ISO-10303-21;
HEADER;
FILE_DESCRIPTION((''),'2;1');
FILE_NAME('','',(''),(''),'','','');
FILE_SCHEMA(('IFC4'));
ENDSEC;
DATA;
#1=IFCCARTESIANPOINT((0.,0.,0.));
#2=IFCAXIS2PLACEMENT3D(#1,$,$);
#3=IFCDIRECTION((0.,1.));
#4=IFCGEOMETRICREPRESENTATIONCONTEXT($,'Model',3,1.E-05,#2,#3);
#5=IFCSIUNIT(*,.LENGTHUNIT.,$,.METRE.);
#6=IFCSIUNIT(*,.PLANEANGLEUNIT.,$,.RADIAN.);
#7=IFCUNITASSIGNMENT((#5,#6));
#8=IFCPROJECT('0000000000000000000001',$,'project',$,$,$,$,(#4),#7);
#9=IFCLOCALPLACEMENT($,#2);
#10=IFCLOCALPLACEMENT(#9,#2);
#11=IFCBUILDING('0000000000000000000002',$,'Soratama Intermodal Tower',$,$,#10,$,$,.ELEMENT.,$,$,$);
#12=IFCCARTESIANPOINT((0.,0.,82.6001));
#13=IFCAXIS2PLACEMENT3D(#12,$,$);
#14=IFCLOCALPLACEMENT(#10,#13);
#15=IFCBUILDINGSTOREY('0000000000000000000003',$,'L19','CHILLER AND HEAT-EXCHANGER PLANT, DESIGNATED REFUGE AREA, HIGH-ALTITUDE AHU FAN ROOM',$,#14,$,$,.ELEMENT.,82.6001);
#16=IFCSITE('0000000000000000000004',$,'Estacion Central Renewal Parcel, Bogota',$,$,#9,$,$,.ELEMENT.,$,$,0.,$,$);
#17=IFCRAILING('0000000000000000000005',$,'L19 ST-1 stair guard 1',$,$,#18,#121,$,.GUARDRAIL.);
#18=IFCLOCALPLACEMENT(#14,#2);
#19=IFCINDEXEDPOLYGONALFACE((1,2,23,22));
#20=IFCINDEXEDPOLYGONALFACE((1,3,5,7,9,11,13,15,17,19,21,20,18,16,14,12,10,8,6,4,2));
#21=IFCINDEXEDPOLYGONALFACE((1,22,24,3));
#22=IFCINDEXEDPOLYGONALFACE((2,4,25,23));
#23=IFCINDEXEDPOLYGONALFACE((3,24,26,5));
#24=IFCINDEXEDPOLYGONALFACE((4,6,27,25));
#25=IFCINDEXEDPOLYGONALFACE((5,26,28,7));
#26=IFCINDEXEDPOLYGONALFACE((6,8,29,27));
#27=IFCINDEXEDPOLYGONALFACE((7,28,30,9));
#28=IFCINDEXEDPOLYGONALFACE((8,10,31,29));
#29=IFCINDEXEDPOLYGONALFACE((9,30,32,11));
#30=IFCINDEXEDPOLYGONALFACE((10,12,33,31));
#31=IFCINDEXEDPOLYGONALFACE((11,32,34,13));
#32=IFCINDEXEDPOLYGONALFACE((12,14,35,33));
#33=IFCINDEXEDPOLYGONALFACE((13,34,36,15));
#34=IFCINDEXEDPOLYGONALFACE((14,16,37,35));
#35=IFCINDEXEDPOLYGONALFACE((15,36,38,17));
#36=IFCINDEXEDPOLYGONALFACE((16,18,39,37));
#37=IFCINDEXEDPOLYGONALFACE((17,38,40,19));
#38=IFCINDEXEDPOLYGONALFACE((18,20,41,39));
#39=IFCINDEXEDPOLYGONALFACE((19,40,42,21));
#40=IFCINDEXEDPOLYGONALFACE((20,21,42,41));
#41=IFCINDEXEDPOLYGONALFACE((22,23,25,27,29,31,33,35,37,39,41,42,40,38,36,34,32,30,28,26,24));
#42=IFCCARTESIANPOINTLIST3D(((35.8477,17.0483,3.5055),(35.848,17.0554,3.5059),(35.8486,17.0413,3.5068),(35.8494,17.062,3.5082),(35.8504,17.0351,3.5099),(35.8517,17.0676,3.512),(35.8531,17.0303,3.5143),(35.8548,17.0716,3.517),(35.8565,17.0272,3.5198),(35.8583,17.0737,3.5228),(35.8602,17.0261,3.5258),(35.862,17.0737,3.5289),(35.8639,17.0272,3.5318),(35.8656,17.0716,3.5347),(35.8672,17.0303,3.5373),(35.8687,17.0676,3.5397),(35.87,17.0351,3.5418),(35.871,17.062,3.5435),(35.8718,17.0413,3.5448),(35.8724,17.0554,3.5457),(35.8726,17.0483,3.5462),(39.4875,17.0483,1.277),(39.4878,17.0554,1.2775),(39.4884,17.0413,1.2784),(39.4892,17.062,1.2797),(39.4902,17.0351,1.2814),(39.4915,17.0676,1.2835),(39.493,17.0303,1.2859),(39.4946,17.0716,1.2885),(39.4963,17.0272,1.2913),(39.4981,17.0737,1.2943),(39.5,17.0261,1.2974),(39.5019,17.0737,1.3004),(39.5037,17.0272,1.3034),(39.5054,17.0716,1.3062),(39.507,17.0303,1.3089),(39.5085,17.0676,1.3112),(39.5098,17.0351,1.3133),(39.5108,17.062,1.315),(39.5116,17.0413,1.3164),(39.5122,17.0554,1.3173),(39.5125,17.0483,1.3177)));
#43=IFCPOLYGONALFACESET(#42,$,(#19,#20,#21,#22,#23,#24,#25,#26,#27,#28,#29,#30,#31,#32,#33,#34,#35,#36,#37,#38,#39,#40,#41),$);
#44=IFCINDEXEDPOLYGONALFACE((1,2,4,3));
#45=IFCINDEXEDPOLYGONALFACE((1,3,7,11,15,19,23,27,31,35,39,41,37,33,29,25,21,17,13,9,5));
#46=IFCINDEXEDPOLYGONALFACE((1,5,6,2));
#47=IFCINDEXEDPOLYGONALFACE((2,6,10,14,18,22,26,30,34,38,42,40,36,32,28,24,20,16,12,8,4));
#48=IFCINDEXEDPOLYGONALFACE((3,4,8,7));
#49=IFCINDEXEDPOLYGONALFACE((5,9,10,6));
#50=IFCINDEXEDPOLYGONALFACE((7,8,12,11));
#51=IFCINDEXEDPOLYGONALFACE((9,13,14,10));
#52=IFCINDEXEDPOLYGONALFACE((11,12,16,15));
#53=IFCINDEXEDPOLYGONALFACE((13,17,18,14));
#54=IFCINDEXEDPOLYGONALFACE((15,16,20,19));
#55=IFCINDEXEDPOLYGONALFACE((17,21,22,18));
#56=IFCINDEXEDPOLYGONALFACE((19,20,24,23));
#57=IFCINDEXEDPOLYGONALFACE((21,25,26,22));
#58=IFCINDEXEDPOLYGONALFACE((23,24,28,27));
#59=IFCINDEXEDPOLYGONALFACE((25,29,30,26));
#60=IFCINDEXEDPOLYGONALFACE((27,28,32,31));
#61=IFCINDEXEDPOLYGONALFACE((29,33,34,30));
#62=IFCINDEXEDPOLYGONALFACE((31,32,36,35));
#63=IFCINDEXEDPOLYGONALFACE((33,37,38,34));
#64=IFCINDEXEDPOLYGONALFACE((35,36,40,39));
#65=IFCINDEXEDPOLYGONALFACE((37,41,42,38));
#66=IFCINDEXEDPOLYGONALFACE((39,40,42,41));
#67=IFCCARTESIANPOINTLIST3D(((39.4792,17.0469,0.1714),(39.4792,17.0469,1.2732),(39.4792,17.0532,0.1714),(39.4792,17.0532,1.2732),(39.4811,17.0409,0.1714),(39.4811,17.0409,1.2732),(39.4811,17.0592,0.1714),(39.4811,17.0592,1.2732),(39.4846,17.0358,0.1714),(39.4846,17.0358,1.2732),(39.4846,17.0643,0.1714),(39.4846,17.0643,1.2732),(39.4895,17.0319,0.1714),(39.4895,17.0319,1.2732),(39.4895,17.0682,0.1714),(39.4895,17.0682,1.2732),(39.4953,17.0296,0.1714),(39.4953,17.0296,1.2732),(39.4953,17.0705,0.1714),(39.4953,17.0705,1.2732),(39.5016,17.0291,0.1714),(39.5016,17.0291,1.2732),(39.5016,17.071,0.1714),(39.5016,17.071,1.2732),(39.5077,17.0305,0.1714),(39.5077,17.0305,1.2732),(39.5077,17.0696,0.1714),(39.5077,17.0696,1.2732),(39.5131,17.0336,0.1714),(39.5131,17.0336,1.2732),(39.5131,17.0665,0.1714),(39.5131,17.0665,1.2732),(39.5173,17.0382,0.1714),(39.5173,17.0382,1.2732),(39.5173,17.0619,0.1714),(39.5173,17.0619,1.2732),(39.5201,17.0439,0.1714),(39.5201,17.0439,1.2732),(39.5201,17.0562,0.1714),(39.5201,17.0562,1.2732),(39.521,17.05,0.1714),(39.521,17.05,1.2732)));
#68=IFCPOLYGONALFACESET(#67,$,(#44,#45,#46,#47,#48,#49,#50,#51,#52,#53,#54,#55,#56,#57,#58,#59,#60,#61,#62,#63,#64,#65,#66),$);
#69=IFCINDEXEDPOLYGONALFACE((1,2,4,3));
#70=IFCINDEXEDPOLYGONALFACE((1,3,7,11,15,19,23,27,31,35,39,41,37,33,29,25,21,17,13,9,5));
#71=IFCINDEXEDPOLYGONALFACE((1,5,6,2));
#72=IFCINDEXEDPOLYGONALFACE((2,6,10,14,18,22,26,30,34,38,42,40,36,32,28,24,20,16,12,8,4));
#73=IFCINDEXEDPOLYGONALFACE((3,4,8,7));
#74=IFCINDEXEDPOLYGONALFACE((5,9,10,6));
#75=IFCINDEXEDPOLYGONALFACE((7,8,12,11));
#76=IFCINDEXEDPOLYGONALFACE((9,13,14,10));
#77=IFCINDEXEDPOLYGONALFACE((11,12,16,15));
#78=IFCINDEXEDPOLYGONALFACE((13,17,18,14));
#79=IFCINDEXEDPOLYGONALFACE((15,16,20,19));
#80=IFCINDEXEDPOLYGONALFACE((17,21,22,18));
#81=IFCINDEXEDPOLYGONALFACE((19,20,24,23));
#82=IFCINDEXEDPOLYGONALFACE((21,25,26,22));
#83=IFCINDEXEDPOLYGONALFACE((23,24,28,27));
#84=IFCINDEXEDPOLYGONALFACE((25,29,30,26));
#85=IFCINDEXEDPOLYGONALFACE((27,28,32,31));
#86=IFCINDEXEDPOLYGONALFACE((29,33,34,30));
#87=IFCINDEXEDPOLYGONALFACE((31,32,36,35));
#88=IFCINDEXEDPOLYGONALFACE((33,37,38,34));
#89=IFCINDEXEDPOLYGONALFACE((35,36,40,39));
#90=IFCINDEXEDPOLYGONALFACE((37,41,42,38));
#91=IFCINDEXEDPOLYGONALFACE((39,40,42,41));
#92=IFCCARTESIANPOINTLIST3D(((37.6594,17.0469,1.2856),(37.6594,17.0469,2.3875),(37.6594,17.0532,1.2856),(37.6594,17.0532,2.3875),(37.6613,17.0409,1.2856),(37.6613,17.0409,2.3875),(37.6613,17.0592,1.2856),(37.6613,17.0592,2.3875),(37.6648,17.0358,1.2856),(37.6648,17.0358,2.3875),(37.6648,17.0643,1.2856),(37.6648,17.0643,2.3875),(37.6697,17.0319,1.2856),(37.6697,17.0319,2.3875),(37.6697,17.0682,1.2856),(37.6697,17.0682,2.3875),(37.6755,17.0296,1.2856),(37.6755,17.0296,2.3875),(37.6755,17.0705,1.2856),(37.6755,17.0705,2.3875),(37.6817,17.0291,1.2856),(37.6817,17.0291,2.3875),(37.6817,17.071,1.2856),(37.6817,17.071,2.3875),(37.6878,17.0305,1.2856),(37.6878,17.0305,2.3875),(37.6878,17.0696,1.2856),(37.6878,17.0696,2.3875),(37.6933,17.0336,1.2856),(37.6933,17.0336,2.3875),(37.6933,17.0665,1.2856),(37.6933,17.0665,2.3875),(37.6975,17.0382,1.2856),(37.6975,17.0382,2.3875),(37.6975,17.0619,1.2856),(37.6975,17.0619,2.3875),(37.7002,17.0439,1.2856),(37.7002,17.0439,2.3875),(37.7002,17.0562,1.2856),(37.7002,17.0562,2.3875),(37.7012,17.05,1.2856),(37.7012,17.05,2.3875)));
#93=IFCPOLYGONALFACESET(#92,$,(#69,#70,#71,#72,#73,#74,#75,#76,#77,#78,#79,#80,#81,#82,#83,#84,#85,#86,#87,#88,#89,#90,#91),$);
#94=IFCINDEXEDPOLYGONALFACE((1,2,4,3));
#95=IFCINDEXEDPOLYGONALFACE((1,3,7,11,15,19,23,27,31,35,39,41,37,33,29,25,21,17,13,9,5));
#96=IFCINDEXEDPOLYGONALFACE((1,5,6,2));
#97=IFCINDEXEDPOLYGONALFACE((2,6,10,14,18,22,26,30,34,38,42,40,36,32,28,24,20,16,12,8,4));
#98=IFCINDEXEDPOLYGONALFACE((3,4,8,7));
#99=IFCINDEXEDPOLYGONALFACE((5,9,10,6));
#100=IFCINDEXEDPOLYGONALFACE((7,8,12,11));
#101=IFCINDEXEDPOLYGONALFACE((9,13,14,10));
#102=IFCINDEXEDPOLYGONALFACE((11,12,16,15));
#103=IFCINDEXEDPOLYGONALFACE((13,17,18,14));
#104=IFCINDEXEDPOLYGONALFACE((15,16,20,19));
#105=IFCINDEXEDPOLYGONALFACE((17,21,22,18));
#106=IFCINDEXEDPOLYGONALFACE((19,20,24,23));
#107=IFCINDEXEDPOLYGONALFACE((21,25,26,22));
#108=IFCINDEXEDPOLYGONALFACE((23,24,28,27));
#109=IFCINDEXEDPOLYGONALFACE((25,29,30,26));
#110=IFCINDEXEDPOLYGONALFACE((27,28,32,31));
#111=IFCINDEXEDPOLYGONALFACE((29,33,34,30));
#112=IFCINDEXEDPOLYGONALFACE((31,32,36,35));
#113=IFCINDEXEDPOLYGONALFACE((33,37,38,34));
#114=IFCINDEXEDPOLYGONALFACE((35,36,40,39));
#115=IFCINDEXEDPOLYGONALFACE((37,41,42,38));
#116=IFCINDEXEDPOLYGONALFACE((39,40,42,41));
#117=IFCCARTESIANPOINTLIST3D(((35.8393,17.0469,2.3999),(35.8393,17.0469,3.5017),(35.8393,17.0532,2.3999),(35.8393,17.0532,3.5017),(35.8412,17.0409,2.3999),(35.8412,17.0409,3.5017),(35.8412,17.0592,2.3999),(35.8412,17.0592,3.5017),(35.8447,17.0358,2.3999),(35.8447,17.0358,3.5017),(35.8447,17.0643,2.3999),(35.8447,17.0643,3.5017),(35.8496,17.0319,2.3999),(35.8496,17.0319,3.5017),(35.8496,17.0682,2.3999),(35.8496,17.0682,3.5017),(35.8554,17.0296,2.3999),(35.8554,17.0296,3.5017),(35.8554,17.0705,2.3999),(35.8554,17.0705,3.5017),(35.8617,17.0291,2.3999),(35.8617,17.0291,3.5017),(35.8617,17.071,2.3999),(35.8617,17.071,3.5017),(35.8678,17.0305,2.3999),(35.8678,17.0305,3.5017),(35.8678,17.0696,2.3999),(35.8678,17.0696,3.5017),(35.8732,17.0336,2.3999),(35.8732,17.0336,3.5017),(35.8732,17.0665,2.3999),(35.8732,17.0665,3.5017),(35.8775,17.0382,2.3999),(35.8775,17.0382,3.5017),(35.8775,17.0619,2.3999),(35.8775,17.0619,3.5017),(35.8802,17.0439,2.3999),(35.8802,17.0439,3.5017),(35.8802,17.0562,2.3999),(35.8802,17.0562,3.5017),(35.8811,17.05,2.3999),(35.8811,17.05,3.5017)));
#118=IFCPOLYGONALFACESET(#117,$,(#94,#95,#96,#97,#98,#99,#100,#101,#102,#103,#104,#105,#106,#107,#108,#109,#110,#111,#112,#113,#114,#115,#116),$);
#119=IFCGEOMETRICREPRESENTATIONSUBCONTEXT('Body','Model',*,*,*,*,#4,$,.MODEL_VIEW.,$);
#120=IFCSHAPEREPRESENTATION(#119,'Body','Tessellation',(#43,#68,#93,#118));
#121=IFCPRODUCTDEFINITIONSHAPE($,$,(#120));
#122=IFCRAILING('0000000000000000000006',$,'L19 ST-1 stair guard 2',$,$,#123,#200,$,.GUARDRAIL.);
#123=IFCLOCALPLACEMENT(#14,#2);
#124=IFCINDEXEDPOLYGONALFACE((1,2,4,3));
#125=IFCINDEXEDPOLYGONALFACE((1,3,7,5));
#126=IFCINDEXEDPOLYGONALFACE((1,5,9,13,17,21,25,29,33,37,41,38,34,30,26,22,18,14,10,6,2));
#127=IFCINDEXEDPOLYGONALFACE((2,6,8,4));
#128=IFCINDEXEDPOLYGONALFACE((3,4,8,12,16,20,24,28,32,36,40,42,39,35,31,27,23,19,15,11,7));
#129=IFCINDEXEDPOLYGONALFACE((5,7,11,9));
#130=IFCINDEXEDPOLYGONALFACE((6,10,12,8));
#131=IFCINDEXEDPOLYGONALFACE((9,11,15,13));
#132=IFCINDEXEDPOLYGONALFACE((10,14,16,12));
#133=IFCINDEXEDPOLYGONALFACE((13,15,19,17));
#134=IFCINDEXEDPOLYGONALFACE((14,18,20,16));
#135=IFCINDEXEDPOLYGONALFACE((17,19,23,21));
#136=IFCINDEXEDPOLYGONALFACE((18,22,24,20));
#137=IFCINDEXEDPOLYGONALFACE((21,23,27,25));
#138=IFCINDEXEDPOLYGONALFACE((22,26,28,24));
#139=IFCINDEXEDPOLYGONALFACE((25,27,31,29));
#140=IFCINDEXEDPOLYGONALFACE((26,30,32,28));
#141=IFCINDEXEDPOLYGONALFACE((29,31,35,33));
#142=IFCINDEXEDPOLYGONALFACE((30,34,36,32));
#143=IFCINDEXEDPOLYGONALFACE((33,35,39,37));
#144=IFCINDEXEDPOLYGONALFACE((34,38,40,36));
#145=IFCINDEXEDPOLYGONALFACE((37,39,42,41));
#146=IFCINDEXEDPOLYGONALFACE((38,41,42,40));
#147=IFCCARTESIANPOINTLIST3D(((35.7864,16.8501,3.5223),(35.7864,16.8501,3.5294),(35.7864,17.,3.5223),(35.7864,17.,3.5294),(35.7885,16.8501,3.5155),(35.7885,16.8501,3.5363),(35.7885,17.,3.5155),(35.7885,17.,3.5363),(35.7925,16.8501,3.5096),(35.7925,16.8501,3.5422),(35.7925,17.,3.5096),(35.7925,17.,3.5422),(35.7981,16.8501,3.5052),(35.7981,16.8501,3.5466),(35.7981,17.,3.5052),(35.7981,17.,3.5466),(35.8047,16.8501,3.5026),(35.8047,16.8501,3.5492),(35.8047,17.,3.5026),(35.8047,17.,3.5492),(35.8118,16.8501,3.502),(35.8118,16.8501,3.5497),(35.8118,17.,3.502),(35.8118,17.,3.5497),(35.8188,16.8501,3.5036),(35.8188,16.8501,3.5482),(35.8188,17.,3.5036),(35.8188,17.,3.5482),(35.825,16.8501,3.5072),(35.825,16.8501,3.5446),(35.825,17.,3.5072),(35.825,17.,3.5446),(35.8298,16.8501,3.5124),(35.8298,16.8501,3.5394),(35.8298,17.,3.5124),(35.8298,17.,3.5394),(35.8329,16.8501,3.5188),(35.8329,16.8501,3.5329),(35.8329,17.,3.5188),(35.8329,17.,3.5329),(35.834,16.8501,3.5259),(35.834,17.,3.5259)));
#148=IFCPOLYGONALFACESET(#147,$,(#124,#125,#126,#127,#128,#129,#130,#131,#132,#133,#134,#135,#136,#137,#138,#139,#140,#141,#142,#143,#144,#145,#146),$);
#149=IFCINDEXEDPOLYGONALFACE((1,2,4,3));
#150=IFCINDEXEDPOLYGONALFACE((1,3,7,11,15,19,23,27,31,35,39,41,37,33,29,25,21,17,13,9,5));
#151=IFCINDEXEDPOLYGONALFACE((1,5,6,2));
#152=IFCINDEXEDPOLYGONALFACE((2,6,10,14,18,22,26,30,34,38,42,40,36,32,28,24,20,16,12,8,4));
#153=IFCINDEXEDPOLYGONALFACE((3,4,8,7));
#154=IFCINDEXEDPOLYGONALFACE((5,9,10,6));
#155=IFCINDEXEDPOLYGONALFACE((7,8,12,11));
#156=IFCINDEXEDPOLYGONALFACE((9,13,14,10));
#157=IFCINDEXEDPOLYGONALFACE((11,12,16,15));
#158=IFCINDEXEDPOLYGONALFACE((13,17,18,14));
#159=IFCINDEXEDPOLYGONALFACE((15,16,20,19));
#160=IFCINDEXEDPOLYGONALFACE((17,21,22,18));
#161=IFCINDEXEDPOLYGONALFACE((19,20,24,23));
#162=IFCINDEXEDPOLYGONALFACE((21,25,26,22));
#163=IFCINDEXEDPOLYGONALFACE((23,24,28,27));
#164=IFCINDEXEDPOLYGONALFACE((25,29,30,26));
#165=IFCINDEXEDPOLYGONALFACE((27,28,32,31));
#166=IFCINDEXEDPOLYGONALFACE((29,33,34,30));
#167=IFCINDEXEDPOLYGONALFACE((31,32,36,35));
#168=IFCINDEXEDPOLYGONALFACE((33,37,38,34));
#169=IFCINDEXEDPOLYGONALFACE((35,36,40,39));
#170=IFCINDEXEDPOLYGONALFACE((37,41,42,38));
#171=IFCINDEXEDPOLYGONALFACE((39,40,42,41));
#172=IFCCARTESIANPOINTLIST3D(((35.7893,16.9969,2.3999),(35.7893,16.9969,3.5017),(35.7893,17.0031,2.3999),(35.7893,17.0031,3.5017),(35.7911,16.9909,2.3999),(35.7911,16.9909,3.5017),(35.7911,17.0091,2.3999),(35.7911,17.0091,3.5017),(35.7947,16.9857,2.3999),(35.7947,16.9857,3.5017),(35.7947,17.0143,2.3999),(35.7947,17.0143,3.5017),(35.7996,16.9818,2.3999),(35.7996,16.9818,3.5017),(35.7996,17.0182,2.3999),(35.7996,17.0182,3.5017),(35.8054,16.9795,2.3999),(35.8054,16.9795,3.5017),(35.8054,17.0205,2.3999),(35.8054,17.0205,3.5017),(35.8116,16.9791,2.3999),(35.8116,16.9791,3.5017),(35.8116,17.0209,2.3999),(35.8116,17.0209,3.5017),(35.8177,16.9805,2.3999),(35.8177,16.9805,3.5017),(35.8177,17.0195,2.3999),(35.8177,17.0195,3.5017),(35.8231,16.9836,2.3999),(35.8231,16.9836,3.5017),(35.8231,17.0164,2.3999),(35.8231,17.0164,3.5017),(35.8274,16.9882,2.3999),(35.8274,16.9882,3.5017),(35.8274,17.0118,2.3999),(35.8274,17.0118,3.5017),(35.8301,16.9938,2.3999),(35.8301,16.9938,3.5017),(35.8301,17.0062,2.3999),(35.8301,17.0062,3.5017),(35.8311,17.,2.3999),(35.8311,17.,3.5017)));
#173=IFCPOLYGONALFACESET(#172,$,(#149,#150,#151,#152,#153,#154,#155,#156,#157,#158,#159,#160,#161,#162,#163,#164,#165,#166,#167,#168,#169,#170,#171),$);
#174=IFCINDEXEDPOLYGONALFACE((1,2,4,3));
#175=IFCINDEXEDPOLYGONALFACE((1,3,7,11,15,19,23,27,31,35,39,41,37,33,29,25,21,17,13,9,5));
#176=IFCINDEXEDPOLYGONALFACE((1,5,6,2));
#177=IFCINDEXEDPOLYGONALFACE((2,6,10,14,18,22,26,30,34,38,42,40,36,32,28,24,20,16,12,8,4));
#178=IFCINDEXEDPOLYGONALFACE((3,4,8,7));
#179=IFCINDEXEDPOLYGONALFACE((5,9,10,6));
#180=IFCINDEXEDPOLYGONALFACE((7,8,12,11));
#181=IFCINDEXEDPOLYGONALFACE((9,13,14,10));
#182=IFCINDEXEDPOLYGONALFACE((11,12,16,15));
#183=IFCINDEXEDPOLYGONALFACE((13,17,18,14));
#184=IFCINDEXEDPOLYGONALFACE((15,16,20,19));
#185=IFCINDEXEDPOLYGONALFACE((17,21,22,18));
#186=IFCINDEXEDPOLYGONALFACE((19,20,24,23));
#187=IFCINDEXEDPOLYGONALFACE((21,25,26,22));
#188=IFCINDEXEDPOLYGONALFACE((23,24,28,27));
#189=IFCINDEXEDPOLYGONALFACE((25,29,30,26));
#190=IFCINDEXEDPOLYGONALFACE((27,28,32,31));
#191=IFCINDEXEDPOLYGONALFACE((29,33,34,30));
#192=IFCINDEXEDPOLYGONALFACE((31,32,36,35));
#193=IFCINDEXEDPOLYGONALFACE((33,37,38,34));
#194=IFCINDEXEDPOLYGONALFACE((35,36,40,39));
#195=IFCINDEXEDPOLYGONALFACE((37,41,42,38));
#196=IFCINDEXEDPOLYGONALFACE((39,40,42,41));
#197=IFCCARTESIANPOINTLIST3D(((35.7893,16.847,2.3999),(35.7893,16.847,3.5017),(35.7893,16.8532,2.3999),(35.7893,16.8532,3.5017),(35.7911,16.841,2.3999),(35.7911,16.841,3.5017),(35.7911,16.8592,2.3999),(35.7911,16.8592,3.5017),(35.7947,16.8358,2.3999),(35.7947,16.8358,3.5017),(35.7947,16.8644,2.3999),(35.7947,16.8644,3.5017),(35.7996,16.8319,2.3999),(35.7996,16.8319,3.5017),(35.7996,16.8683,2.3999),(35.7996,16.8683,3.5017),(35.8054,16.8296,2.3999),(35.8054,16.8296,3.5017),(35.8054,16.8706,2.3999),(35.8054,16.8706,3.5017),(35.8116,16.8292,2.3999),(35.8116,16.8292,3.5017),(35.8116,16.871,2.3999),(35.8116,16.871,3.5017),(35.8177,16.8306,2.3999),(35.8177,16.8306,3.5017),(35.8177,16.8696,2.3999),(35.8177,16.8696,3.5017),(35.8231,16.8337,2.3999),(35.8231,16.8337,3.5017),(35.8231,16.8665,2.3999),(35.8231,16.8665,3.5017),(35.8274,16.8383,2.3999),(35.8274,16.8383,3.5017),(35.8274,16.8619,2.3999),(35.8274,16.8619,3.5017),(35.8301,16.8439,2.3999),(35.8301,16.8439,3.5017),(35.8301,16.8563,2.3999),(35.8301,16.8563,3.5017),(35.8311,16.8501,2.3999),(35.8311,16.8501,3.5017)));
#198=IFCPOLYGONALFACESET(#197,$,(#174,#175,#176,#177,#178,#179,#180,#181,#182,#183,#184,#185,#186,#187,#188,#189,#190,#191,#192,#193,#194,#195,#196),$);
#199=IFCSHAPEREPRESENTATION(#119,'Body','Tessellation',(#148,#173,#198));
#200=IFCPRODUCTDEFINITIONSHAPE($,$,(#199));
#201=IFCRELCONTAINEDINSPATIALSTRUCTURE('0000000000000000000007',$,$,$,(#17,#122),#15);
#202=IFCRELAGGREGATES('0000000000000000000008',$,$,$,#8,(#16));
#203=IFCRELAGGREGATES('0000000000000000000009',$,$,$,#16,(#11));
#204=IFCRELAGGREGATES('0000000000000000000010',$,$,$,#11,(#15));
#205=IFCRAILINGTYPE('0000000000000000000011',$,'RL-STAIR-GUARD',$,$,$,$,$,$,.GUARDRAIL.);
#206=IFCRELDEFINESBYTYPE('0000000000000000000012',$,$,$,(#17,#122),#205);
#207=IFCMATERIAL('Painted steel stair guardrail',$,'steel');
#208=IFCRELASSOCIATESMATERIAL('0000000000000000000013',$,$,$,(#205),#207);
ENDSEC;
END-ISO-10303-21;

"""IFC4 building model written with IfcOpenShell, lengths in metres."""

from ifc_helpers import new_model, si_unit, direction, frame, origin, origin_2d, place, context, subcontext, project, spatial, circle, extrude, material, type_object, element, save


model = new_model("IFC4")

# Units and contexts
model_context = context("Model", 3, precision=1e-05, world=origin(), true_north=direction((0.0, 1.0)))
body_context = subcontext(model_context, "Body", "Model", "MODEL_VIEW")
ifc_project = project(units=[si_unit("LENGTHUNIT", "METRE"), si_unit("PLANEANGLEUNIT", "RADIAN")], contexts=[model_context])

# Site, building, storey
site_placement = place(None, origin())
site = spatial("IfcSite", under=ifc_project, at=site_placement, Name="Estacion Central Renewal Parcel, Bogota", CompositionType="ELEMENT", RefElevation=0.0)
building_placement = place(site_placement, origin())
building = spatial("IfcBuilding", under=site, at=building_placement, Name="Soratama Intermodal Tower", CompositionType="ELEMENT")
storey_placement = place(building_placement, frame((0.0, 0.0, 82.6001)))
storey = spatial("IfcBuildingStorey", under=building, at=storey_placement, Name="L19", Description="CHILLER AND HEAT-EXCHANGER PLANT, DESIGNATED REFUGE AREA, HIGH-ALTITUDE AHU FAN ROOM", CompositionType="ELEMENT", Elevation=82.6001)

# Railings
ifc_material_1 = material(Name="Painted steel stair guardrail", Category="steel")
railing_type_1 = type_object("IfcRailingType", Name="RL-STAIR-GUARD", PredefinedType="GUARDRAIL", material=ifc_material_1)
railing_1_placement = place(storey_placement, frame((39.5, 17.05, 0.1714)))
element("IfcRailing", 1, at=railing_1_placement, inside=storey, type_object=railing_type_1, Name="L19 ST-1 stair guard 1", PredefinedType="GUARDRAIL", context=body_context, shape_type="SweptSolid", body=[
    extrude(circle(Radius=0.0239, at=origin_2d()), frame((0.0, 0.0, 1.126), z_axis=(-0.85285, 0.0, 0.522156), x_axis=(0.0, -1.0, 0.0)), (0.0, 0.0, 1.0), 4.2678),
    extrude(circle(Radius=0.021, at=origin_2d()), origin(), (0.0, 0.0, 1.0), 1.1018),
    extrude(circle(Radius=0.021, at=origin_2d()), frame((-1.8198, 0.0, 1.1143)), (0.0, 0.0, 1.0), 1.1018),
    extrude(circle(Radius=0.021, at=origin_2d()), frame((-3.6399, 0.0, 2.2285)), (0.0, 0.0, 1.0), 1.1018),
])
railing_2_placement = place(storey_placement, frame((35.8101, 17.0, 2.3999)))
element("IfcRailing", 2, at=railing_2_placement, inside=storey, type_object=railing_type_1, Name="L19 ST-1 stair guard 2", PredefinedType="GUARDRAIL", context=body_context, shape_type="SweptSolid", body=[
    extrude(circle(Radius=0.0239, at=origin_2d()), frame((0.0, 0.0, 1.126), z_axis=(0.0, -1.0, 0.0), x_axis=(1.0, 0.0, 0.0)), (0.0, 0.0, 1.0), 0.1499),
    extrude(circle(Radius=0.021, at=origin_2d()), origin(), (0.0, 0.0, 1.0), 1.1018),
    extrude(circle(Radius=0.021, at=origin_2d()), frame((0.0, -0.1499, 0.0)), (0.0, 0.0, 1.0), 1.1018),
])

save(model, "model.ifc")
